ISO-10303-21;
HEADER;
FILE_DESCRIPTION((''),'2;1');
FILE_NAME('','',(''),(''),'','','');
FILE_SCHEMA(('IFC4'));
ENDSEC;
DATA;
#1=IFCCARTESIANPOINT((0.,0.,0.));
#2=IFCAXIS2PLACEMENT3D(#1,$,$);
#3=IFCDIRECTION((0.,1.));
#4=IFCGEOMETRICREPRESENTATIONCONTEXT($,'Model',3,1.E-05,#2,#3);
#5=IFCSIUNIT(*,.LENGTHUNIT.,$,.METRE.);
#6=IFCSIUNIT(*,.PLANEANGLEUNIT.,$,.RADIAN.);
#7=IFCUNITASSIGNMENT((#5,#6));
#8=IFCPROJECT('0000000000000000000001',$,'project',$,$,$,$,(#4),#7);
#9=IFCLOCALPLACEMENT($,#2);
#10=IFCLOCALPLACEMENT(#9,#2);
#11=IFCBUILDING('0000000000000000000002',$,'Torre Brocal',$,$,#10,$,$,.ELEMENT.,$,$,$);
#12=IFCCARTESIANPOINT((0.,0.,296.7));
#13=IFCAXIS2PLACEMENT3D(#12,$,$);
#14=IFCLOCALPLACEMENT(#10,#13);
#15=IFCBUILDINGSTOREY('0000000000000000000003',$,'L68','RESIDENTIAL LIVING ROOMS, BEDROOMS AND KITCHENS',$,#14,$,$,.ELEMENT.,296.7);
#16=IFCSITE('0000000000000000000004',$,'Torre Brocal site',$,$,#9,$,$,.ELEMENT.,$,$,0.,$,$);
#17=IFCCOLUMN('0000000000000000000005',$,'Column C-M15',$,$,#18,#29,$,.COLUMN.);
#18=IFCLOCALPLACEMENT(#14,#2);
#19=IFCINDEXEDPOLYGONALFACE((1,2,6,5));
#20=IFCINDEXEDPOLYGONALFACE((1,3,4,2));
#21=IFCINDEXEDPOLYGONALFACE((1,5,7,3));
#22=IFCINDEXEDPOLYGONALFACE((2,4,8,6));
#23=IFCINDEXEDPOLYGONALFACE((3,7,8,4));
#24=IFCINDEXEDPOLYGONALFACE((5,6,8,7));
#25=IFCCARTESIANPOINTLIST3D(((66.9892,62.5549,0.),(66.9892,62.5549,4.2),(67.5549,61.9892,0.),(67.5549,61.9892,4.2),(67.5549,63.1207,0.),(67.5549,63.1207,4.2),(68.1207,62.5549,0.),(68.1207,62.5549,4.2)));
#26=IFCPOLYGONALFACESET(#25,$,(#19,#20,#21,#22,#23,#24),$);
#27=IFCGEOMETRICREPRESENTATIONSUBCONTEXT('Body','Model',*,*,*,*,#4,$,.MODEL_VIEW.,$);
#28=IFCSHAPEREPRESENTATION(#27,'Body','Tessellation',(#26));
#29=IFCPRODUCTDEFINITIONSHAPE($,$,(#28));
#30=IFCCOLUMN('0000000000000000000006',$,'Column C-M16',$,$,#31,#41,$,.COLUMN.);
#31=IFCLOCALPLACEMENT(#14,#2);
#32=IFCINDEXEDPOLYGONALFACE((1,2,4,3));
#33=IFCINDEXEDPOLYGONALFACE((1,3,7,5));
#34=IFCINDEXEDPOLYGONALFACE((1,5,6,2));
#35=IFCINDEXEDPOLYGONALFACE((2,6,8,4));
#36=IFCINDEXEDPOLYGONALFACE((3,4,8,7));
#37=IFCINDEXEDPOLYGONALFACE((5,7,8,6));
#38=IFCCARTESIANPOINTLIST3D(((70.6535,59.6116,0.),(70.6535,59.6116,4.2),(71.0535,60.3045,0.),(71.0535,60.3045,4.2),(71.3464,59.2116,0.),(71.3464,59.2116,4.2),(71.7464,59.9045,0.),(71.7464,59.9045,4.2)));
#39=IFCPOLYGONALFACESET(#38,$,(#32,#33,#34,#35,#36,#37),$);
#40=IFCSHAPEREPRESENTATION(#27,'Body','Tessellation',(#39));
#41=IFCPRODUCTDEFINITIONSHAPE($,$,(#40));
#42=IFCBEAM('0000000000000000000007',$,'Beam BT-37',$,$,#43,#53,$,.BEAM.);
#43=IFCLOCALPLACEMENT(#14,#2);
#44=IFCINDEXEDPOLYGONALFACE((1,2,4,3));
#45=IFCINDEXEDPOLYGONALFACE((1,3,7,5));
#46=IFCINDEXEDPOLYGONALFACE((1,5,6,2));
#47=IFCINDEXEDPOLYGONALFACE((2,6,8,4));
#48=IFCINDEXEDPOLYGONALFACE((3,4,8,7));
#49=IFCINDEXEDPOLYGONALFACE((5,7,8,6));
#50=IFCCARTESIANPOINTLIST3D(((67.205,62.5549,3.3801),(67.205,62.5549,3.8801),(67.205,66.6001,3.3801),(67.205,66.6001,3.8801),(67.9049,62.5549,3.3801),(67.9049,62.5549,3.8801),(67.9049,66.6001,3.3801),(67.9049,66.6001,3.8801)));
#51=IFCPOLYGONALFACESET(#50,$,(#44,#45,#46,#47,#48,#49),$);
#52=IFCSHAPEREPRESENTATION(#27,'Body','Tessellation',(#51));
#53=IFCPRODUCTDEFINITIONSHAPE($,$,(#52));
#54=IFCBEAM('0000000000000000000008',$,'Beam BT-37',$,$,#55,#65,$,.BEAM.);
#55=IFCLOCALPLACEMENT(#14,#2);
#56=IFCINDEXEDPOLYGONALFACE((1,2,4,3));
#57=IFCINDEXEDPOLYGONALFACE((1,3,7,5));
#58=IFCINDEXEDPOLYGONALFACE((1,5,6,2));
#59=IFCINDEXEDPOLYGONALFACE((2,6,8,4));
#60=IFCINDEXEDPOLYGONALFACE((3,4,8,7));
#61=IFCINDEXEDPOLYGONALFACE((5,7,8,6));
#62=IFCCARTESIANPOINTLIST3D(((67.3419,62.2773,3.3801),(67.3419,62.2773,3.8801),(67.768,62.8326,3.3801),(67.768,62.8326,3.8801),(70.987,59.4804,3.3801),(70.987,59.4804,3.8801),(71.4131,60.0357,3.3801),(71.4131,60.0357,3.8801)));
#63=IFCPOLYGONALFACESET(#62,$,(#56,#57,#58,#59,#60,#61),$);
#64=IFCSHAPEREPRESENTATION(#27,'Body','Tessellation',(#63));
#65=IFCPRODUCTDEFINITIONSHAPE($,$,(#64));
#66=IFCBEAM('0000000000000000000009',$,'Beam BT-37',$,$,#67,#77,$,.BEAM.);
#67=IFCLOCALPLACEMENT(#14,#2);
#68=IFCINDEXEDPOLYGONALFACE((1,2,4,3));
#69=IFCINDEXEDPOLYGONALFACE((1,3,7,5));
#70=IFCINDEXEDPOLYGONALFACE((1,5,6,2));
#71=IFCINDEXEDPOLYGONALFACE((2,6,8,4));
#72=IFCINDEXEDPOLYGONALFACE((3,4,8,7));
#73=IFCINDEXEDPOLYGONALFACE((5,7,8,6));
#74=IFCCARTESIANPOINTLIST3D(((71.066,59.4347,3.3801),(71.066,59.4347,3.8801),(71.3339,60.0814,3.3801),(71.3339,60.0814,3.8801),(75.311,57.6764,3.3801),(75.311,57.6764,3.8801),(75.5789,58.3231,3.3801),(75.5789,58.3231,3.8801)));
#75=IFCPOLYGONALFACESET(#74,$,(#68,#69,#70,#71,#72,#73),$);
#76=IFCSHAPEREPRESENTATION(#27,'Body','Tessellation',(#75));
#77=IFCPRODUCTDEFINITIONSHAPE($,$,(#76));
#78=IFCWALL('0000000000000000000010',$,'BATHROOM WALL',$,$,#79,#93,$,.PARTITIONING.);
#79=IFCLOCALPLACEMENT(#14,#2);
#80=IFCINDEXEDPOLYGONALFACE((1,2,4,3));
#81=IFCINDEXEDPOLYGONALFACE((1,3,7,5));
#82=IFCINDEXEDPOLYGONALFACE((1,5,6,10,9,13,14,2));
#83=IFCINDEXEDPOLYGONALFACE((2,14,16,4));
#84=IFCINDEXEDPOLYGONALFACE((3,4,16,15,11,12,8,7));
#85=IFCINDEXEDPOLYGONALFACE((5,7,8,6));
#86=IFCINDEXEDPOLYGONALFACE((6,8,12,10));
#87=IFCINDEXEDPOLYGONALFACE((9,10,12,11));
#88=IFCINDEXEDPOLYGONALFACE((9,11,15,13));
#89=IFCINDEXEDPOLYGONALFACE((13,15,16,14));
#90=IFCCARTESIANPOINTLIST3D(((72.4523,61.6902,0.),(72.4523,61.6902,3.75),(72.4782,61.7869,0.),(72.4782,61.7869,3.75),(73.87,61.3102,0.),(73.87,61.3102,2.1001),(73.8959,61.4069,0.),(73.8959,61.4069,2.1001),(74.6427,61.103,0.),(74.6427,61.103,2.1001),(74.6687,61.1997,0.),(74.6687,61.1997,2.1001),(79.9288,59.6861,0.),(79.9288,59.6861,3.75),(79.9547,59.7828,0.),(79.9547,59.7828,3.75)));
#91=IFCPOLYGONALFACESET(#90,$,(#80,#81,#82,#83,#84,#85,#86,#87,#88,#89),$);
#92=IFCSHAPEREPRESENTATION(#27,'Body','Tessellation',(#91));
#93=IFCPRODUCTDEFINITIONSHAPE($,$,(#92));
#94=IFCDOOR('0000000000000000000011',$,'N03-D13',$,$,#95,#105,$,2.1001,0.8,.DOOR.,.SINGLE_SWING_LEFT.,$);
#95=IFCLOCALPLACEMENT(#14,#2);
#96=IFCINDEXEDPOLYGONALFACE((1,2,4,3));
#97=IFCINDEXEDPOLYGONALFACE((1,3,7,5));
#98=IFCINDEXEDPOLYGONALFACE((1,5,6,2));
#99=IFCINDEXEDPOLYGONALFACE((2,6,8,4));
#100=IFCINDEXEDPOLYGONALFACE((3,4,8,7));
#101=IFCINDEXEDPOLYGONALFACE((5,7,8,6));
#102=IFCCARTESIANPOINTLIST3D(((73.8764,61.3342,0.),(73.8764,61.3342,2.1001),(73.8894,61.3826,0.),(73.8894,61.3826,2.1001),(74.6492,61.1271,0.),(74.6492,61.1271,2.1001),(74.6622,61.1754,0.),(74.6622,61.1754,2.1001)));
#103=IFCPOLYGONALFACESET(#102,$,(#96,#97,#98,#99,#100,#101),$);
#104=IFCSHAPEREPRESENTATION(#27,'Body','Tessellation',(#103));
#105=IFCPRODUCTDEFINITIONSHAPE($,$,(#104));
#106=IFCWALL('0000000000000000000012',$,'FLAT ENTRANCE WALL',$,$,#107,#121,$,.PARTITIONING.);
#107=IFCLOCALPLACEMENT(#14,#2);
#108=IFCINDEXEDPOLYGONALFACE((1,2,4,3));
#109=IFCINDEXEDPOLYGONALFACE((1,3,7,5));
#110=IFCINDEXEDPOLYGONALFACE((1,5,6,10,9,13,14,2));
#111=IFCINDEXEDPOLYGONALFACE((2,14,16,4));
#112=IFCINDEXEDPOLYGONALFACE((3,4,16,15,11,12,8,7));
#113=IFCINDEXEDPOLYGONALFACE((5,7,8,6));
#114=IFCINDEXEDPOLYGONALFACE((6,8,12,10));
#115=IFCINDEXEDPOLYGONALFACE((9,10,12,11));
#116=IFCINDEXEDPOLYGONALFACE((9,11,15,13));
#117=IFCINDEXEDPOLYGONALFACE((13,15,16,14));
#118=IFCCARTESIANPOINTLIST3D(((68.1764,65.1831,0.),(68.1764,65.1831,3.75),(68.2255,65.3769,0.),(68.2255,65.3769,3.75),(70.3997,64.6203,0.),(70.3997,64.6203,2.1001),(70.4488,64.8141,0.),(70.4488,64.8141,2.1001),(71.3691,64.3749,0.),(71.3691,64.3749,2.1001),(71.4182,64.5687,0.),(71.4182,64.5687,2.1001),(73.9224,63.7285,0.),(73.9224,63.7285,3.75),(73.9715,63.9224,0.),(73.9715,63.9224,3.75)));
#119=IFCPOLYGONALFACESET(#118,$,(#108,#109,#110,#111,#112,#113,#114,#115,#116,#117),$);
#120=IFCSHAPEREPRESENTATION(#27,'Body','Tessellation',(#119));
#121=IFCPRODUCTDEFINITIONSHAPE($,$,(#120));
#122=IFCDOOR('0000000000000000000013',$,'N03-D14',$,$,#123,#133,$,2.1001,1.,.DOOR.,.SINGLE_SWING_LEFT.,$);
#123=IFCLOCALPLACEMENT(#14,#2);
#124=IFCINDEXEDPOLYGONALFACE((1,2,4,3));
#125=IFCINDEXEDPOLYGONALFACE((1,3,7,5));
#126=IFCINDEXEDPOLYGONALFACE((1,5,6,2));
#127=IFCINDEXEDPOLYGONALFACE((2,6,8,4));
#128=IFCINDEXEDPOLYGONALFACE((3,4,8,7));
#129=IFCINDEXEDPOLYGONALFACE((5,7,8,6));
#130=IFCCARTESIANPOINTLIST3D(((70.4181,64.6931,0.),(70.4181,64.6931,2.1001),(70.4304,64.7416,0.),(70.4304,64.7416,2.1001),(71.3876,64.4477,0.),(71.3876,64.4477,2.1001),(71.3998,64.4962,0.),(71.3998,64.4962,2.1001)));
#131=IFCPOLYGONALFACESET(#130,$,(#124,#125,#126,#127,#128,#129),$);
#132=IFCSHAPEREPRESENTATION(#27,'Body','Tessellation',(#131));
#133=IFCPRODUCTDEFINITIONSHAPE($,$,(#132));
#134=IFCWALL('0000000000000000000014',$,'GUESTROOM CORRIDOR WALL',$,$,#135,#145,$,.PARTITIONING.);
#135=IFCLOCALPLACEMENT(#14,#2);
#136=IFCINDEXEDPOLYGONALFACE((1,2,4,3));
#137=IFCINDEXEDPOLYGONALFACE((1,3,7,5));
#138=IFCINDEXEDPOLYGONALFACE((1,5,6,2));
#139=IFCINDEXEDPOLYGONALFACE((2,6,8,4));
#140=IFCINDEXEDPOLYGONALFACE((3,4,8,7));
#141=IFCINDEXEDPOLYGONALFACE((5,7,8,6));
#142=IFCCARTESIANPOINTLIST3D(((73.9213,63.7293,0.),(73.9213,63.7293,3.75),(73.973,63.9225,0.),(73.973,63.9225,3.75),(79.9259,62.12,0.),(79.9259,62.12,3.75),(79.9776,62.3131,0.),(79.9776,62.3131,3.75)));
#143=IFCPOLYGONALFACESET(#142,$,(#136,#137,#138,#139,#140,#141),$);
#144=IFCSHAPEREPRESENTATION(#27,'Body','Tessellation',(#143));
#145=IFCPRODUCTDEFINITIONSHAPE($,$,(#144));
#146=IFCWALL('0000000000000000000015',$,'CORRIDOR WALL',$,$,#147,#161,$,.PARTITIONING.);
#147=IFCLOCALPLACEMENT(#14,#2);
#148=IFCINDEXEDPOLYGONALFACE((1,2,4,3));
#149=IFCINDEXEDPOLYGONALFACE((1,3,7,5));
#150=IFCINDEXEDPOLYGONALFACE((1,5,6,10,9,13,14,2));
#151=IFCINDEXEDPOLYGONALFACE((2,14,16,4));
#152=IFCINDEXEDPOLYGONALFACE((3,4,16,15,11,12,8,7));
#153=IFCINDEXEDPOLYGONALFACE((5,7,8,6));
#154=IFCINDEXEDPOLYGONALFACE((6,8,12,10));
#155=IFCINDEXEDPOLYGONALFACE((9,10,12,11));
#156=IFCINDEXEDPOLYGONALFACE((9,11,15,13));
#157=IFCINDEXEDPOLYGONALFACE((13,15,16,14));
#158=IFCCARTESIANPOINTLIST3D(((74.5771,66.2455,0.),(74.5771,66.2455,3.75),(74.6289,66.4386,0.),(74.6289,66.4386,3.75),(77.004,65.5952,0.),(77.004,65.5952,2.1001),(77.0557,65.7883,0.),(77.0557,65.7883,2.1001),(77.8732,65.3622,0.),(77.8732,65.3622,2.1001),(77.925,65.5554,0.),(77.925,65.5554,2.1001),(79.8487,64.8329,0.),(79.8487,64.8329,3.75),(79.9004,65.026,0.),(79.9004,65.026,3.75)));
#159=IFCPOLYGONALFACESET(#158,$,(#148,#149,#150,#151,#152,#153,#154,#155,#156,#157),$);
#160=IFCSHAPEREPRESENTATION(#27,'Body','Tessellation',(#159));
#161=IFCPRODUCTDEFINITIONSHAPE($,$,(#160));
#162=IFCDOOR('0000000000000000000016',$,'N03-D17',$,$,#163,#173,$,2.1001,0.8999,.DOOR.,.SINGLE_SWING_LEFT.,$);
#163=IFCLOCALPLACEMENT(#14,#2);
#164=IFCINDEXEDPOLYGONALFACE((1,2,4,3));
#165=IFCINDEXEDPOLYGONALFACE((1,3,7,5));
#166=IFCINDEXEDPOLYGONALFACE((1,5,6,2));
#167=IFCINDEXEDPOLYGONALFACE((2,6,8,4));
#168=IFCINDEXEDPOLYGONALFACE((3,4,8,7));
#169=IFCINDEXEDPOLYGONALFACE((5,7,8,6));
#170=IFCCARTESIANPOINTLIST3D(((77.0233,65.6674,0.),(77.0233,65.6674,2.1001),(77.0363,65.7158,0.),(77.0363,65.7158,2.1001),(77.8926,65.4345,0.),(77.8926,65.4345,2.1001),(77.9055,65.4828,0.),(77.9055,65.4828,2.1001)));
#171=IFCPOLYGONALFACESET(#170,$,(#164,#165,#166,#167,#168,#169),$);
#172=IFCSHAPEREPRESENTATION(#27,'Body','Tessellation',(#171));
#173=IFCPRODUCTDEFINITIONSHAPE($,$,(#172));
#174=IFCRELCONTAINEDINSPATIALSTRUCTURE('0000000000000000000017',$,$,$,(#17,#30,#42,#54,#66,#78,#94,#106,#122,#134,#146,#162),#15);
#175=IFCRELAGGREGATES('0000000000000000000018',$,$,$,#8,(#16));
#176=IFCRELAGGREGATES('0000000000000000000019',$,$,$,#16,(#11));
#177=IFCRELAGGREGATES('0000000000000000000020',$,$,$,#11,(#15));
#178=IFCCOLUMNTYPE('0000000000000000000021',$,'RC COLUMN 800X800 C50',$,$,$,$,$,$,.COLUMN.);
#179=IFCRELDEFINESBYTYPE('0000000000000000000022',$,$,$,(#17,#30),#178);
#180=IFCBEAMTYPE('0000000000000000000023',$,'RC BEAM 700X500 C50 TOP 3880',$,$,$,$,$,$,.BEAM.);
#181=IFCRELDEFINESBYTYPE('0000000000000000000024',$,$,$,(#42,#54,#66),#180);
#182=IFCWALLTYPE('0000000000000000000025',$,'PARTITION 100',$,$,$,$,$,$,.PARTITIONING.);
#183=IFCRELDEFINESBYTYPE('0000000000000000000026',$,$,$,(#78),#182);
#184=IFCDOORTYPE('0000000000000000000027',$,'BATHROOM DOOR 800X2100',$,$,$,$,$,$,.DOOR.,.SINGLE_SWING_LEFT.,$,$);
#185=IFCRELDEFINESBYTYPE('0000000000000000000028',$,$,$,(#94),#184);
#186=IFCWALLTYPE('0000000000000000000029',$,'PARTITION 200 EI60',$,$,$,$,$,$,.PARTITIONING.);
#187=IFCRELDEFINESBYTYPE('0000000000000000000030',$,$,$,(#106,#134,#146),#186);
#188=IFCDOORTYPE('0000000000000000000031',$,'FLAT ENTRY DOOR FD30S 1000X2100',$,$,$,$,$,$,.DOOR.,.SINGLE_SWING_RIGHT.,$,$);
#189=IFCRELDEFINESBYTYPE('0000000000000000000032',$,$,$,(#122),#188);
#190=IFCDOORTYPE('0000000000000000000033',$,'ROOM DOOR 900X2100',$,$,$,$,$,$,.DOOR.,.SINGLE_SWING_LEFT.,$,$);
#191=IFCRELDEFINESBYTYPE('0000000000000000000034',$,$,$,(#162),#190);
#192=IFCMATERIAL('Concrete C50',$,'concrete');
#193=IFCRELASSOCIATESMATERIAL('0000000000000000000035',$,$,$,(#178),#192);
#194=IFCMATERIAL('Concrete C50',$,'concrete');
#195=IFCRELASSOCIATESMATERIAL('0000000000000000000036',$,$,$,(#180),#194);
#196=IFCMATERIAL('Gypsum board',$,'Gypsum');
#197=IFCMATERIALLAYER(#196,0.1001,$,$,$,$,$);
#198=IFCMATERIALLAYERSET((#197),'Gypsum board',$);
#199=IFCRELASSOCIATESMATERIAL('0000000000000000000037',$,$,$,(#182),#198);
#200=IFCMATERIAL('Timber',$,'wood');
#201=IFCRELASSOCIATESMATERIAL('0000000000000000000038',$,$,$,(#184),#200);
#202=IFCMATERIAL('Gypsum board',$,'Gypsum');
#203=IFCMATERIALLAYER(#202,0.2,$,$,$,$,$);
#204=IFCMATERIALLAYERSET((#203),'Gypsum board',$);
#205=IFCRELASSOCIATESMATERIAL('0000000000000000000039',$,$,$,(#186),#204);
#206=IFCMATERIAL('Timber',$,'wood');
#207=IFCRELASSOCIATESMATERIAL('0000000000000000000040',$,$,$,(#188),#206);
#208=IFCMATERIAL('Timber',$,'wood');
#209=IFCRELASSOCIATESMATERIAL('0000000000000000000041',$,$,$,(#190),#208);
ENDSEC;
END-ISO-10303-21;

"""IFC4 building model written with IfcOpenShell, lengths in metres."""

from ifc_helpers import new_model, si_unit, direction, frame, frame_2d, origin, origin_2d, place, context, subcontext, project, spatial, rectangle, extrude, material, layer, layer_set, material_profile, profile_set, type_object, element, fill, save


model = new_model("IFC4")

# Units and contexts
model_context = context("Model", 3, precision=1e-05, world=origin(), true_north=direction((0.0, 1.0)))
body_context = subcontext(model_context, "Body", "Model", "MODEL_VIEW")
ifc_project = project(units=[si_unit("LENGTHUNIT", "METRE"), si_unit("PLANEANGLEUNIT", "RADIAN")], contexts=[model_context])

# Site, building, storey
site_placement = place(None, origin())
site = spatial("IfcSite", under=ifc_project, at=site_placement, Name="Torre Brocal site", CompositionType="ELEMENT", RefElevation=0.0)
building_placement = place(site_placement, origin())
building = spatial("IfcBuilding", under=site, at=building_placement, Name="Torre Brocal", CompositionType="ELEMENT")
storey_placement = place(building_placement, frame((0.0, 0.0, 296.7)))
storey = spatial("IfcBuildingStorey", under=building, at=storey_placement, Name="L68", Description="RESIDENTIAL LIVING ROOMS, BEDROOMS AND KITCHENS", CompositionType="ELEMENT", Elevation=296.7)

# Columns
ifc_material_1 = material(Name="Concrete C50", Category="concrete")
ifc_material_profile_1 = material_profile(ifc_material_1, rectangle(XDim=0.8, YDim=0.8, at=origin_2d()), Name="RC 800X800")
ifc_profile_set_1 = profile_set([ifc_material_profile_1], Name="Concrete C50")
column_type = type_object("IfcColumnType", Name="RC COLUMN 800X800 C50", PredefinedType="COLUMN", material=ifc_profile_set_1)
for number, where, z_axis, x_axis, name in (
    (1, (67.5549, 62.5549, 0.0), (0.0, 0.0, 1.0), (-0.707107, -0.707107, 0.0), "Column C-M15"),
    (2, (71.2, 59.7581, 0.0), (0.0, 0.0, 1.0), (-0.5, -0.866025, 0.0), "Column C-M16"),
):
    element("IfcColumn", number, at=place(storey_placement, frame(where, z_axis=z_axis, x_axis=x_axis)), inside=storey, type_object=column_type, Name=name, PredefinedType="COLUMN", context=body_context, shape_type="SweptSolid", body=[
        extrude(rectangle(XDim=0.8, YDim=0.8, at=origin_2d()), origin(), (0.0, 0.0, 1.0), 4.2),
    ])

# Beams
ifc_material_2 = material(Name="Concrete C50", Category="concrete")
ifc_material_profile_2 = material_profile(ifc_material_2, rectangle(XDim=0.7, YDim=0.5, at=origin_2d()), Name="RC 700X500")
ifc_profile_set_2 = profile_set([ifc_material_profile_2], Name="Concrete C50")
beam_type = type_object("IfcBeamType", Name="RC BEAM 700X500 C50 TOP 3880", PredefinedType="BEAM", material=ifc_profile_set_2)
beam_1_placement = place(storey_placement, frame((67.5549, 62.5549, 3.6301), z_axis=(0.0, 1.0, 0.0), x_axis=(-1.0, 0.0, 0.0)))
element("IfcBeam", 3, at=beam_1_placement, inside=storey, type_object=beam_type, Name="Beam BT-37", PredefinedType="BEAM", context=body_context, shape_type="SweptSolid", body=[
    extrude(rectangle(XDim=0.7, YDim=0.5, at=origin_2d()), origin(), (0.0, 0.0, 1.0), 4.0452),
])
beam_2_placement = place(storey_placement, frame((67.5549, 62.5549, 3.6301), z_axis=(0.793358, -0.608755, 0.0), x_axis=(0.608755, 0.793358, 0.0)))
element("IfcBeam", 4, at=beam_2_placement, inside=storey, type_object=beam_type, Name="Beam BT-37", PredefinedType="BEAM", context=body_context, shape_type="SweptSolid", body=[
    extrude(rectangle(XDim=0.7, YDim=0.5, at=origin_2d()), origin(), (0.0, 0.0, 1.0), 4.5945),
])
beam_3_placement = place(storey_placement, frame((71.2, 59.7581, 3.6301), z_axis=(0.923878, -0.382687, 0.0), x_axis=(0.382687, 0.923878, 0.0)))
element("IfcBeam", 5, at=beam_3_placement, inside=storey, type_object=beam_type, Name="Beam BT-37", PredefinedType="BEAM", context=body_context, shape_type="SweptSolid", body=[
    extrude(rectangle(XDim=0.7, YDim=0.5, at=origin_2d()), origin(), (0.0, 0.0, 1.0), 4.5947),
])

# Walls, openings, doors
ifc_material_3 = material(Name="Gypsum board", Category="Gypsum")
ifc_layer_1 = layer(ifc_material_3, 0.1001)
ifc_layer_set_1 = layer_set([ifc_layer_1], Name="Gypsum board")
wall_type_1 = type_object("IfcWallType", Name="PARTITION 100", PredefinedType="PARTITIONING", material=ifc_layer_set_1)
wall_1_placement = place(storey_placement, frame((72.4653, 61.7385, 0.0), z_axis=(0.0, 0.0, 1.0), x_axis=(0.9659, -0.258917, 0.0)))
wall_1 = element("IfcWall", 6, at=wall_1_placement, inside=storey, type_object=wall_type_1, Name="BATHROOM WALL", PredefinedType="PARTITIONING", context=body_context, shape_type="SweptSolid", body=[
    extrude(rectangle(XDim=7.7405, YDim=0.1001, at=frame_2d((3.8701, 0.0))), origin(), (0.0, 0.0, 1.0), 3.75),
])
opening_1_placement = place(wall_1_placement, frame((1.4678, 0.0, 0.0)))
opening_1 = element("IfcOpeningElement", 7, at=opening_1_placement, cuts=wall_1, PredefinedType="OPENING", context=body_context, shape_type="SweptSolid", body=[
    extrude(rectangle(XDim=0.8, YDim=2.1001, at=frame_2d((0.3999, 1.05))), frame((0.0, 0.0601, 0.0), z_axis=(0.0, -1.0, 0.0), x_axis=(1.0, 0.0, 0.0)), (0.0, 0.0, 1.0), 0.1201),
])
ifc_material_4 = material(Name="Timber", Category="wood")
door_type_1 = type_object("IfcDoorType", Name="BATHROOM DOOR 800X2100", OperationType="SINGLE_SWING_LEFT", PredefinedType="DOOR", material=ifc_material_4)
door_1_placement = place(opening_1_placement, origin())
door_1 = element("IfcDoor", 8, at=door_1_placement, inside=storey, type_object=door_type_1, Name="N03-D13", OperationType="SINGLE_SWING_LEFT", OverallHeight=2.1001, OverallWidth=0.8, PredefinedType="DOOR", context=body_context, shape_type="SweptSolid", body=[
    extrude(rectangle(XDim=0.8, YDim=2.1001, at=frame_2d((0.3999, 1.05))), frame((0.0, 0.0249, 0.0), z_axis=(0.0, -1.0, 0.0), x_axis=(1.0, 0.0, 0.0)), (0.0, 0.0, 1.0), 0.05),
])
fill(opening_1, door_1)
ifc_material_5 = material(Name="Gypsum board", Category="Gypsum")
ifc_layer_2 = layer(ifc_material_5, 0.2)
ifc_layer_set_2 = layer_set([ifc_layer_2], Name="Gypsum board")
wall_type_2 = type_object("IfcWallType", Name="PARTITION 200 EI60", PredefinedType="PARTITIONING", material=ifc_layer_set_2)
wall_2_placement = place(storey_placement, frame((68.2009, 65.28, 0.0), z_axis=(0.0, 0.0, 1.0), x_axis=(0.969421, -0.245403, 0.0)))
wall_2 = element("IfcWall", 9, at=wall_2_placement, inside=storey, type_object=wall_type_2, Name="FLAT ENTRANCE WALL", PredefinedType="PARTITIONING", context=body_context, shape_type="SweptSolid", body=[
    extrude(rectangle(XDim=5.9272, YDim=0.2, at=frame_2d((2.9636, 0.0))), origin(), (0.0, 0.0, 1.0), 3.75),
])
opening_2_placement = place(wall_2_placement, frame((2.2935, 0.0, 0.0)))
opening_2 = element("IfcOpeningElement", 10, at=opening_2_placement, cuts=wall_2, PredefinedType="OPENING", context=body_context, shape_type="SweptSolid", body=[
    extrude(rectangle(XDim=1.0, YDim=2.1001, at=frame_2d((0.5, 1.05))), frame((0.0, 0.1099, 0.0), z_axis=(0.0, -1.0, 0.0), x_axis=(1.0, 0.0, 0.0)), (0.0, 0.0, 1.0), 0.22),
])
ifc_material_6 = material(Name="Timber", Category="wood")
door_type_2 = type_object("IfcDoorType", Name="FLAT ENTRY DOOR FD30S 1000X2100", OperationType="SINGLE_SWING_RIGHT", PredefinedType="DOOR", material=ifc_material_6)
door_2_placement = place(opening_2_placement, frame((1.0, 0.0, 0.0), z_axis=(0.0, 0.0, 1.0), x_axis=(-1.0, 0.0, 0.0)))
door_2 = element("IfcDoor", 11, at=door_2_placement, inside=storey, type_object=door_type_2, Name="N03-D14", OperationType="SINGLE_SWING_LEFT", OverallHeight=2.1001, OverallWidth=1.0, PredefinedType="DOOR", context=body_context, shape_type="SweptSolid", body=[
    extrude(rectangle(XDim=1.0, YDim=2.1001, at=frame_2d((0.5, 1.05))), frame((0.0, 0.0249, 0.0), z_axis=(0.0, -1.0, 0.0), x_axis=(1.0, 0.0, 0.0)), (0.0, 0.0, 1.0), 0.05),
])
fill(opening_2, door_2)

# Wall
wall_3_placement = place(storey_placement, frame((73.947, 63.8259, 0.0), z_axis=(0.0, 0.0, 1.0), x_axis=(0.965908, -0.258885, 0.0)))
element("IfcWall", 12, at=wall_3_placement, inside=storey, type_object=wall_type_2, Name="GUESTROOM CORRIDOR WALL", PredefinedType="PARTITIONING", context=body_context, shape_type="SweptSolid", body=[
    extrude(rectangle(XDim=6.2166, YDim=0.2, at=frame_2d((3.1084, 0.0))), origin(), (0.0, 0.0, 1.0), 3.75),
])

# Wall, opening, door
wall_4_placement = place(storey_placement, frame((74.603, 66.342, 0.0), z_axis=(0.0, 0.0, 1.0), x_axis=(0.965921, -0.258837, 0.0)))
wall_4 = element("IfcWall", 13, at=wall_4_placement, inside=storey, type_object=wall_type_2, Name="CORRIDOR WALL", PredefinedType="PARTITIONING", context=body_context, shape_type="SweptSolid", body=[
    extrude(rectangle(XDim=5.4575, YDim=0.2, at=frame_2d((2.7288, 0.0))), origin(), (0.0, 0.0, 1.0), 3.75),
])
opening_3_placement = place(wall_4_placement, frame((2.5125, 0.0, 0.0)))
opening_3 = element("IfcOpeningElement", 14, at=opening_3_placement, cuts=wall_4, PredefinedType="OPENING", context=body_context, shape_type="SweptSolid", body=[
    extrude(rectangle(XDim=0.8999, YDim=2.1001, at=frame_2d((0.45, 1.05))), frame((0.0, 0.1099, 0.0), z_axis=(0.0, -1.0, 0.0), x_axis=(1.0, 0.0, 0.0)), (0.0, 0.0, 1.0), 0.22),
])
ifc_material_7 = material(Name="Timber", Category="wood")
door_type_3 = type_object("IfcDoorType", Name="ROOM DOOR 900X2100", OperationType="SINGLE_SWING_LEFT", PredefinedType="DOOR", material=ifc_material_7)
door_3_placement = place(opening_3_placement, origin())
door_3 = element("IfcDoor", 15, at=door_3_placement, inside=storey, type_object=door_type_3, Name="N03-D17", OperationType="SINGLE_SWING_LEFT", OverallHeight=2.1001, OverallWidth=0.8999, PredefinedType="DOOR", context=body_context, shape_type="SweptSolid", body=[
    extrude(rectangle(XDim=0.8999, YDim=2.1001, at=frame_2d((0.45, 1.05))), frame((0.0, 0.0249, 0.0), z_axis=(0.0, -1.0, 0.0), x_axis=(1.0, 0.0, 0.0)), (0.0, 0.0, 1.0), 0.05),
])
fill(opening_3, door_3)

save(model, "model.ifc")
